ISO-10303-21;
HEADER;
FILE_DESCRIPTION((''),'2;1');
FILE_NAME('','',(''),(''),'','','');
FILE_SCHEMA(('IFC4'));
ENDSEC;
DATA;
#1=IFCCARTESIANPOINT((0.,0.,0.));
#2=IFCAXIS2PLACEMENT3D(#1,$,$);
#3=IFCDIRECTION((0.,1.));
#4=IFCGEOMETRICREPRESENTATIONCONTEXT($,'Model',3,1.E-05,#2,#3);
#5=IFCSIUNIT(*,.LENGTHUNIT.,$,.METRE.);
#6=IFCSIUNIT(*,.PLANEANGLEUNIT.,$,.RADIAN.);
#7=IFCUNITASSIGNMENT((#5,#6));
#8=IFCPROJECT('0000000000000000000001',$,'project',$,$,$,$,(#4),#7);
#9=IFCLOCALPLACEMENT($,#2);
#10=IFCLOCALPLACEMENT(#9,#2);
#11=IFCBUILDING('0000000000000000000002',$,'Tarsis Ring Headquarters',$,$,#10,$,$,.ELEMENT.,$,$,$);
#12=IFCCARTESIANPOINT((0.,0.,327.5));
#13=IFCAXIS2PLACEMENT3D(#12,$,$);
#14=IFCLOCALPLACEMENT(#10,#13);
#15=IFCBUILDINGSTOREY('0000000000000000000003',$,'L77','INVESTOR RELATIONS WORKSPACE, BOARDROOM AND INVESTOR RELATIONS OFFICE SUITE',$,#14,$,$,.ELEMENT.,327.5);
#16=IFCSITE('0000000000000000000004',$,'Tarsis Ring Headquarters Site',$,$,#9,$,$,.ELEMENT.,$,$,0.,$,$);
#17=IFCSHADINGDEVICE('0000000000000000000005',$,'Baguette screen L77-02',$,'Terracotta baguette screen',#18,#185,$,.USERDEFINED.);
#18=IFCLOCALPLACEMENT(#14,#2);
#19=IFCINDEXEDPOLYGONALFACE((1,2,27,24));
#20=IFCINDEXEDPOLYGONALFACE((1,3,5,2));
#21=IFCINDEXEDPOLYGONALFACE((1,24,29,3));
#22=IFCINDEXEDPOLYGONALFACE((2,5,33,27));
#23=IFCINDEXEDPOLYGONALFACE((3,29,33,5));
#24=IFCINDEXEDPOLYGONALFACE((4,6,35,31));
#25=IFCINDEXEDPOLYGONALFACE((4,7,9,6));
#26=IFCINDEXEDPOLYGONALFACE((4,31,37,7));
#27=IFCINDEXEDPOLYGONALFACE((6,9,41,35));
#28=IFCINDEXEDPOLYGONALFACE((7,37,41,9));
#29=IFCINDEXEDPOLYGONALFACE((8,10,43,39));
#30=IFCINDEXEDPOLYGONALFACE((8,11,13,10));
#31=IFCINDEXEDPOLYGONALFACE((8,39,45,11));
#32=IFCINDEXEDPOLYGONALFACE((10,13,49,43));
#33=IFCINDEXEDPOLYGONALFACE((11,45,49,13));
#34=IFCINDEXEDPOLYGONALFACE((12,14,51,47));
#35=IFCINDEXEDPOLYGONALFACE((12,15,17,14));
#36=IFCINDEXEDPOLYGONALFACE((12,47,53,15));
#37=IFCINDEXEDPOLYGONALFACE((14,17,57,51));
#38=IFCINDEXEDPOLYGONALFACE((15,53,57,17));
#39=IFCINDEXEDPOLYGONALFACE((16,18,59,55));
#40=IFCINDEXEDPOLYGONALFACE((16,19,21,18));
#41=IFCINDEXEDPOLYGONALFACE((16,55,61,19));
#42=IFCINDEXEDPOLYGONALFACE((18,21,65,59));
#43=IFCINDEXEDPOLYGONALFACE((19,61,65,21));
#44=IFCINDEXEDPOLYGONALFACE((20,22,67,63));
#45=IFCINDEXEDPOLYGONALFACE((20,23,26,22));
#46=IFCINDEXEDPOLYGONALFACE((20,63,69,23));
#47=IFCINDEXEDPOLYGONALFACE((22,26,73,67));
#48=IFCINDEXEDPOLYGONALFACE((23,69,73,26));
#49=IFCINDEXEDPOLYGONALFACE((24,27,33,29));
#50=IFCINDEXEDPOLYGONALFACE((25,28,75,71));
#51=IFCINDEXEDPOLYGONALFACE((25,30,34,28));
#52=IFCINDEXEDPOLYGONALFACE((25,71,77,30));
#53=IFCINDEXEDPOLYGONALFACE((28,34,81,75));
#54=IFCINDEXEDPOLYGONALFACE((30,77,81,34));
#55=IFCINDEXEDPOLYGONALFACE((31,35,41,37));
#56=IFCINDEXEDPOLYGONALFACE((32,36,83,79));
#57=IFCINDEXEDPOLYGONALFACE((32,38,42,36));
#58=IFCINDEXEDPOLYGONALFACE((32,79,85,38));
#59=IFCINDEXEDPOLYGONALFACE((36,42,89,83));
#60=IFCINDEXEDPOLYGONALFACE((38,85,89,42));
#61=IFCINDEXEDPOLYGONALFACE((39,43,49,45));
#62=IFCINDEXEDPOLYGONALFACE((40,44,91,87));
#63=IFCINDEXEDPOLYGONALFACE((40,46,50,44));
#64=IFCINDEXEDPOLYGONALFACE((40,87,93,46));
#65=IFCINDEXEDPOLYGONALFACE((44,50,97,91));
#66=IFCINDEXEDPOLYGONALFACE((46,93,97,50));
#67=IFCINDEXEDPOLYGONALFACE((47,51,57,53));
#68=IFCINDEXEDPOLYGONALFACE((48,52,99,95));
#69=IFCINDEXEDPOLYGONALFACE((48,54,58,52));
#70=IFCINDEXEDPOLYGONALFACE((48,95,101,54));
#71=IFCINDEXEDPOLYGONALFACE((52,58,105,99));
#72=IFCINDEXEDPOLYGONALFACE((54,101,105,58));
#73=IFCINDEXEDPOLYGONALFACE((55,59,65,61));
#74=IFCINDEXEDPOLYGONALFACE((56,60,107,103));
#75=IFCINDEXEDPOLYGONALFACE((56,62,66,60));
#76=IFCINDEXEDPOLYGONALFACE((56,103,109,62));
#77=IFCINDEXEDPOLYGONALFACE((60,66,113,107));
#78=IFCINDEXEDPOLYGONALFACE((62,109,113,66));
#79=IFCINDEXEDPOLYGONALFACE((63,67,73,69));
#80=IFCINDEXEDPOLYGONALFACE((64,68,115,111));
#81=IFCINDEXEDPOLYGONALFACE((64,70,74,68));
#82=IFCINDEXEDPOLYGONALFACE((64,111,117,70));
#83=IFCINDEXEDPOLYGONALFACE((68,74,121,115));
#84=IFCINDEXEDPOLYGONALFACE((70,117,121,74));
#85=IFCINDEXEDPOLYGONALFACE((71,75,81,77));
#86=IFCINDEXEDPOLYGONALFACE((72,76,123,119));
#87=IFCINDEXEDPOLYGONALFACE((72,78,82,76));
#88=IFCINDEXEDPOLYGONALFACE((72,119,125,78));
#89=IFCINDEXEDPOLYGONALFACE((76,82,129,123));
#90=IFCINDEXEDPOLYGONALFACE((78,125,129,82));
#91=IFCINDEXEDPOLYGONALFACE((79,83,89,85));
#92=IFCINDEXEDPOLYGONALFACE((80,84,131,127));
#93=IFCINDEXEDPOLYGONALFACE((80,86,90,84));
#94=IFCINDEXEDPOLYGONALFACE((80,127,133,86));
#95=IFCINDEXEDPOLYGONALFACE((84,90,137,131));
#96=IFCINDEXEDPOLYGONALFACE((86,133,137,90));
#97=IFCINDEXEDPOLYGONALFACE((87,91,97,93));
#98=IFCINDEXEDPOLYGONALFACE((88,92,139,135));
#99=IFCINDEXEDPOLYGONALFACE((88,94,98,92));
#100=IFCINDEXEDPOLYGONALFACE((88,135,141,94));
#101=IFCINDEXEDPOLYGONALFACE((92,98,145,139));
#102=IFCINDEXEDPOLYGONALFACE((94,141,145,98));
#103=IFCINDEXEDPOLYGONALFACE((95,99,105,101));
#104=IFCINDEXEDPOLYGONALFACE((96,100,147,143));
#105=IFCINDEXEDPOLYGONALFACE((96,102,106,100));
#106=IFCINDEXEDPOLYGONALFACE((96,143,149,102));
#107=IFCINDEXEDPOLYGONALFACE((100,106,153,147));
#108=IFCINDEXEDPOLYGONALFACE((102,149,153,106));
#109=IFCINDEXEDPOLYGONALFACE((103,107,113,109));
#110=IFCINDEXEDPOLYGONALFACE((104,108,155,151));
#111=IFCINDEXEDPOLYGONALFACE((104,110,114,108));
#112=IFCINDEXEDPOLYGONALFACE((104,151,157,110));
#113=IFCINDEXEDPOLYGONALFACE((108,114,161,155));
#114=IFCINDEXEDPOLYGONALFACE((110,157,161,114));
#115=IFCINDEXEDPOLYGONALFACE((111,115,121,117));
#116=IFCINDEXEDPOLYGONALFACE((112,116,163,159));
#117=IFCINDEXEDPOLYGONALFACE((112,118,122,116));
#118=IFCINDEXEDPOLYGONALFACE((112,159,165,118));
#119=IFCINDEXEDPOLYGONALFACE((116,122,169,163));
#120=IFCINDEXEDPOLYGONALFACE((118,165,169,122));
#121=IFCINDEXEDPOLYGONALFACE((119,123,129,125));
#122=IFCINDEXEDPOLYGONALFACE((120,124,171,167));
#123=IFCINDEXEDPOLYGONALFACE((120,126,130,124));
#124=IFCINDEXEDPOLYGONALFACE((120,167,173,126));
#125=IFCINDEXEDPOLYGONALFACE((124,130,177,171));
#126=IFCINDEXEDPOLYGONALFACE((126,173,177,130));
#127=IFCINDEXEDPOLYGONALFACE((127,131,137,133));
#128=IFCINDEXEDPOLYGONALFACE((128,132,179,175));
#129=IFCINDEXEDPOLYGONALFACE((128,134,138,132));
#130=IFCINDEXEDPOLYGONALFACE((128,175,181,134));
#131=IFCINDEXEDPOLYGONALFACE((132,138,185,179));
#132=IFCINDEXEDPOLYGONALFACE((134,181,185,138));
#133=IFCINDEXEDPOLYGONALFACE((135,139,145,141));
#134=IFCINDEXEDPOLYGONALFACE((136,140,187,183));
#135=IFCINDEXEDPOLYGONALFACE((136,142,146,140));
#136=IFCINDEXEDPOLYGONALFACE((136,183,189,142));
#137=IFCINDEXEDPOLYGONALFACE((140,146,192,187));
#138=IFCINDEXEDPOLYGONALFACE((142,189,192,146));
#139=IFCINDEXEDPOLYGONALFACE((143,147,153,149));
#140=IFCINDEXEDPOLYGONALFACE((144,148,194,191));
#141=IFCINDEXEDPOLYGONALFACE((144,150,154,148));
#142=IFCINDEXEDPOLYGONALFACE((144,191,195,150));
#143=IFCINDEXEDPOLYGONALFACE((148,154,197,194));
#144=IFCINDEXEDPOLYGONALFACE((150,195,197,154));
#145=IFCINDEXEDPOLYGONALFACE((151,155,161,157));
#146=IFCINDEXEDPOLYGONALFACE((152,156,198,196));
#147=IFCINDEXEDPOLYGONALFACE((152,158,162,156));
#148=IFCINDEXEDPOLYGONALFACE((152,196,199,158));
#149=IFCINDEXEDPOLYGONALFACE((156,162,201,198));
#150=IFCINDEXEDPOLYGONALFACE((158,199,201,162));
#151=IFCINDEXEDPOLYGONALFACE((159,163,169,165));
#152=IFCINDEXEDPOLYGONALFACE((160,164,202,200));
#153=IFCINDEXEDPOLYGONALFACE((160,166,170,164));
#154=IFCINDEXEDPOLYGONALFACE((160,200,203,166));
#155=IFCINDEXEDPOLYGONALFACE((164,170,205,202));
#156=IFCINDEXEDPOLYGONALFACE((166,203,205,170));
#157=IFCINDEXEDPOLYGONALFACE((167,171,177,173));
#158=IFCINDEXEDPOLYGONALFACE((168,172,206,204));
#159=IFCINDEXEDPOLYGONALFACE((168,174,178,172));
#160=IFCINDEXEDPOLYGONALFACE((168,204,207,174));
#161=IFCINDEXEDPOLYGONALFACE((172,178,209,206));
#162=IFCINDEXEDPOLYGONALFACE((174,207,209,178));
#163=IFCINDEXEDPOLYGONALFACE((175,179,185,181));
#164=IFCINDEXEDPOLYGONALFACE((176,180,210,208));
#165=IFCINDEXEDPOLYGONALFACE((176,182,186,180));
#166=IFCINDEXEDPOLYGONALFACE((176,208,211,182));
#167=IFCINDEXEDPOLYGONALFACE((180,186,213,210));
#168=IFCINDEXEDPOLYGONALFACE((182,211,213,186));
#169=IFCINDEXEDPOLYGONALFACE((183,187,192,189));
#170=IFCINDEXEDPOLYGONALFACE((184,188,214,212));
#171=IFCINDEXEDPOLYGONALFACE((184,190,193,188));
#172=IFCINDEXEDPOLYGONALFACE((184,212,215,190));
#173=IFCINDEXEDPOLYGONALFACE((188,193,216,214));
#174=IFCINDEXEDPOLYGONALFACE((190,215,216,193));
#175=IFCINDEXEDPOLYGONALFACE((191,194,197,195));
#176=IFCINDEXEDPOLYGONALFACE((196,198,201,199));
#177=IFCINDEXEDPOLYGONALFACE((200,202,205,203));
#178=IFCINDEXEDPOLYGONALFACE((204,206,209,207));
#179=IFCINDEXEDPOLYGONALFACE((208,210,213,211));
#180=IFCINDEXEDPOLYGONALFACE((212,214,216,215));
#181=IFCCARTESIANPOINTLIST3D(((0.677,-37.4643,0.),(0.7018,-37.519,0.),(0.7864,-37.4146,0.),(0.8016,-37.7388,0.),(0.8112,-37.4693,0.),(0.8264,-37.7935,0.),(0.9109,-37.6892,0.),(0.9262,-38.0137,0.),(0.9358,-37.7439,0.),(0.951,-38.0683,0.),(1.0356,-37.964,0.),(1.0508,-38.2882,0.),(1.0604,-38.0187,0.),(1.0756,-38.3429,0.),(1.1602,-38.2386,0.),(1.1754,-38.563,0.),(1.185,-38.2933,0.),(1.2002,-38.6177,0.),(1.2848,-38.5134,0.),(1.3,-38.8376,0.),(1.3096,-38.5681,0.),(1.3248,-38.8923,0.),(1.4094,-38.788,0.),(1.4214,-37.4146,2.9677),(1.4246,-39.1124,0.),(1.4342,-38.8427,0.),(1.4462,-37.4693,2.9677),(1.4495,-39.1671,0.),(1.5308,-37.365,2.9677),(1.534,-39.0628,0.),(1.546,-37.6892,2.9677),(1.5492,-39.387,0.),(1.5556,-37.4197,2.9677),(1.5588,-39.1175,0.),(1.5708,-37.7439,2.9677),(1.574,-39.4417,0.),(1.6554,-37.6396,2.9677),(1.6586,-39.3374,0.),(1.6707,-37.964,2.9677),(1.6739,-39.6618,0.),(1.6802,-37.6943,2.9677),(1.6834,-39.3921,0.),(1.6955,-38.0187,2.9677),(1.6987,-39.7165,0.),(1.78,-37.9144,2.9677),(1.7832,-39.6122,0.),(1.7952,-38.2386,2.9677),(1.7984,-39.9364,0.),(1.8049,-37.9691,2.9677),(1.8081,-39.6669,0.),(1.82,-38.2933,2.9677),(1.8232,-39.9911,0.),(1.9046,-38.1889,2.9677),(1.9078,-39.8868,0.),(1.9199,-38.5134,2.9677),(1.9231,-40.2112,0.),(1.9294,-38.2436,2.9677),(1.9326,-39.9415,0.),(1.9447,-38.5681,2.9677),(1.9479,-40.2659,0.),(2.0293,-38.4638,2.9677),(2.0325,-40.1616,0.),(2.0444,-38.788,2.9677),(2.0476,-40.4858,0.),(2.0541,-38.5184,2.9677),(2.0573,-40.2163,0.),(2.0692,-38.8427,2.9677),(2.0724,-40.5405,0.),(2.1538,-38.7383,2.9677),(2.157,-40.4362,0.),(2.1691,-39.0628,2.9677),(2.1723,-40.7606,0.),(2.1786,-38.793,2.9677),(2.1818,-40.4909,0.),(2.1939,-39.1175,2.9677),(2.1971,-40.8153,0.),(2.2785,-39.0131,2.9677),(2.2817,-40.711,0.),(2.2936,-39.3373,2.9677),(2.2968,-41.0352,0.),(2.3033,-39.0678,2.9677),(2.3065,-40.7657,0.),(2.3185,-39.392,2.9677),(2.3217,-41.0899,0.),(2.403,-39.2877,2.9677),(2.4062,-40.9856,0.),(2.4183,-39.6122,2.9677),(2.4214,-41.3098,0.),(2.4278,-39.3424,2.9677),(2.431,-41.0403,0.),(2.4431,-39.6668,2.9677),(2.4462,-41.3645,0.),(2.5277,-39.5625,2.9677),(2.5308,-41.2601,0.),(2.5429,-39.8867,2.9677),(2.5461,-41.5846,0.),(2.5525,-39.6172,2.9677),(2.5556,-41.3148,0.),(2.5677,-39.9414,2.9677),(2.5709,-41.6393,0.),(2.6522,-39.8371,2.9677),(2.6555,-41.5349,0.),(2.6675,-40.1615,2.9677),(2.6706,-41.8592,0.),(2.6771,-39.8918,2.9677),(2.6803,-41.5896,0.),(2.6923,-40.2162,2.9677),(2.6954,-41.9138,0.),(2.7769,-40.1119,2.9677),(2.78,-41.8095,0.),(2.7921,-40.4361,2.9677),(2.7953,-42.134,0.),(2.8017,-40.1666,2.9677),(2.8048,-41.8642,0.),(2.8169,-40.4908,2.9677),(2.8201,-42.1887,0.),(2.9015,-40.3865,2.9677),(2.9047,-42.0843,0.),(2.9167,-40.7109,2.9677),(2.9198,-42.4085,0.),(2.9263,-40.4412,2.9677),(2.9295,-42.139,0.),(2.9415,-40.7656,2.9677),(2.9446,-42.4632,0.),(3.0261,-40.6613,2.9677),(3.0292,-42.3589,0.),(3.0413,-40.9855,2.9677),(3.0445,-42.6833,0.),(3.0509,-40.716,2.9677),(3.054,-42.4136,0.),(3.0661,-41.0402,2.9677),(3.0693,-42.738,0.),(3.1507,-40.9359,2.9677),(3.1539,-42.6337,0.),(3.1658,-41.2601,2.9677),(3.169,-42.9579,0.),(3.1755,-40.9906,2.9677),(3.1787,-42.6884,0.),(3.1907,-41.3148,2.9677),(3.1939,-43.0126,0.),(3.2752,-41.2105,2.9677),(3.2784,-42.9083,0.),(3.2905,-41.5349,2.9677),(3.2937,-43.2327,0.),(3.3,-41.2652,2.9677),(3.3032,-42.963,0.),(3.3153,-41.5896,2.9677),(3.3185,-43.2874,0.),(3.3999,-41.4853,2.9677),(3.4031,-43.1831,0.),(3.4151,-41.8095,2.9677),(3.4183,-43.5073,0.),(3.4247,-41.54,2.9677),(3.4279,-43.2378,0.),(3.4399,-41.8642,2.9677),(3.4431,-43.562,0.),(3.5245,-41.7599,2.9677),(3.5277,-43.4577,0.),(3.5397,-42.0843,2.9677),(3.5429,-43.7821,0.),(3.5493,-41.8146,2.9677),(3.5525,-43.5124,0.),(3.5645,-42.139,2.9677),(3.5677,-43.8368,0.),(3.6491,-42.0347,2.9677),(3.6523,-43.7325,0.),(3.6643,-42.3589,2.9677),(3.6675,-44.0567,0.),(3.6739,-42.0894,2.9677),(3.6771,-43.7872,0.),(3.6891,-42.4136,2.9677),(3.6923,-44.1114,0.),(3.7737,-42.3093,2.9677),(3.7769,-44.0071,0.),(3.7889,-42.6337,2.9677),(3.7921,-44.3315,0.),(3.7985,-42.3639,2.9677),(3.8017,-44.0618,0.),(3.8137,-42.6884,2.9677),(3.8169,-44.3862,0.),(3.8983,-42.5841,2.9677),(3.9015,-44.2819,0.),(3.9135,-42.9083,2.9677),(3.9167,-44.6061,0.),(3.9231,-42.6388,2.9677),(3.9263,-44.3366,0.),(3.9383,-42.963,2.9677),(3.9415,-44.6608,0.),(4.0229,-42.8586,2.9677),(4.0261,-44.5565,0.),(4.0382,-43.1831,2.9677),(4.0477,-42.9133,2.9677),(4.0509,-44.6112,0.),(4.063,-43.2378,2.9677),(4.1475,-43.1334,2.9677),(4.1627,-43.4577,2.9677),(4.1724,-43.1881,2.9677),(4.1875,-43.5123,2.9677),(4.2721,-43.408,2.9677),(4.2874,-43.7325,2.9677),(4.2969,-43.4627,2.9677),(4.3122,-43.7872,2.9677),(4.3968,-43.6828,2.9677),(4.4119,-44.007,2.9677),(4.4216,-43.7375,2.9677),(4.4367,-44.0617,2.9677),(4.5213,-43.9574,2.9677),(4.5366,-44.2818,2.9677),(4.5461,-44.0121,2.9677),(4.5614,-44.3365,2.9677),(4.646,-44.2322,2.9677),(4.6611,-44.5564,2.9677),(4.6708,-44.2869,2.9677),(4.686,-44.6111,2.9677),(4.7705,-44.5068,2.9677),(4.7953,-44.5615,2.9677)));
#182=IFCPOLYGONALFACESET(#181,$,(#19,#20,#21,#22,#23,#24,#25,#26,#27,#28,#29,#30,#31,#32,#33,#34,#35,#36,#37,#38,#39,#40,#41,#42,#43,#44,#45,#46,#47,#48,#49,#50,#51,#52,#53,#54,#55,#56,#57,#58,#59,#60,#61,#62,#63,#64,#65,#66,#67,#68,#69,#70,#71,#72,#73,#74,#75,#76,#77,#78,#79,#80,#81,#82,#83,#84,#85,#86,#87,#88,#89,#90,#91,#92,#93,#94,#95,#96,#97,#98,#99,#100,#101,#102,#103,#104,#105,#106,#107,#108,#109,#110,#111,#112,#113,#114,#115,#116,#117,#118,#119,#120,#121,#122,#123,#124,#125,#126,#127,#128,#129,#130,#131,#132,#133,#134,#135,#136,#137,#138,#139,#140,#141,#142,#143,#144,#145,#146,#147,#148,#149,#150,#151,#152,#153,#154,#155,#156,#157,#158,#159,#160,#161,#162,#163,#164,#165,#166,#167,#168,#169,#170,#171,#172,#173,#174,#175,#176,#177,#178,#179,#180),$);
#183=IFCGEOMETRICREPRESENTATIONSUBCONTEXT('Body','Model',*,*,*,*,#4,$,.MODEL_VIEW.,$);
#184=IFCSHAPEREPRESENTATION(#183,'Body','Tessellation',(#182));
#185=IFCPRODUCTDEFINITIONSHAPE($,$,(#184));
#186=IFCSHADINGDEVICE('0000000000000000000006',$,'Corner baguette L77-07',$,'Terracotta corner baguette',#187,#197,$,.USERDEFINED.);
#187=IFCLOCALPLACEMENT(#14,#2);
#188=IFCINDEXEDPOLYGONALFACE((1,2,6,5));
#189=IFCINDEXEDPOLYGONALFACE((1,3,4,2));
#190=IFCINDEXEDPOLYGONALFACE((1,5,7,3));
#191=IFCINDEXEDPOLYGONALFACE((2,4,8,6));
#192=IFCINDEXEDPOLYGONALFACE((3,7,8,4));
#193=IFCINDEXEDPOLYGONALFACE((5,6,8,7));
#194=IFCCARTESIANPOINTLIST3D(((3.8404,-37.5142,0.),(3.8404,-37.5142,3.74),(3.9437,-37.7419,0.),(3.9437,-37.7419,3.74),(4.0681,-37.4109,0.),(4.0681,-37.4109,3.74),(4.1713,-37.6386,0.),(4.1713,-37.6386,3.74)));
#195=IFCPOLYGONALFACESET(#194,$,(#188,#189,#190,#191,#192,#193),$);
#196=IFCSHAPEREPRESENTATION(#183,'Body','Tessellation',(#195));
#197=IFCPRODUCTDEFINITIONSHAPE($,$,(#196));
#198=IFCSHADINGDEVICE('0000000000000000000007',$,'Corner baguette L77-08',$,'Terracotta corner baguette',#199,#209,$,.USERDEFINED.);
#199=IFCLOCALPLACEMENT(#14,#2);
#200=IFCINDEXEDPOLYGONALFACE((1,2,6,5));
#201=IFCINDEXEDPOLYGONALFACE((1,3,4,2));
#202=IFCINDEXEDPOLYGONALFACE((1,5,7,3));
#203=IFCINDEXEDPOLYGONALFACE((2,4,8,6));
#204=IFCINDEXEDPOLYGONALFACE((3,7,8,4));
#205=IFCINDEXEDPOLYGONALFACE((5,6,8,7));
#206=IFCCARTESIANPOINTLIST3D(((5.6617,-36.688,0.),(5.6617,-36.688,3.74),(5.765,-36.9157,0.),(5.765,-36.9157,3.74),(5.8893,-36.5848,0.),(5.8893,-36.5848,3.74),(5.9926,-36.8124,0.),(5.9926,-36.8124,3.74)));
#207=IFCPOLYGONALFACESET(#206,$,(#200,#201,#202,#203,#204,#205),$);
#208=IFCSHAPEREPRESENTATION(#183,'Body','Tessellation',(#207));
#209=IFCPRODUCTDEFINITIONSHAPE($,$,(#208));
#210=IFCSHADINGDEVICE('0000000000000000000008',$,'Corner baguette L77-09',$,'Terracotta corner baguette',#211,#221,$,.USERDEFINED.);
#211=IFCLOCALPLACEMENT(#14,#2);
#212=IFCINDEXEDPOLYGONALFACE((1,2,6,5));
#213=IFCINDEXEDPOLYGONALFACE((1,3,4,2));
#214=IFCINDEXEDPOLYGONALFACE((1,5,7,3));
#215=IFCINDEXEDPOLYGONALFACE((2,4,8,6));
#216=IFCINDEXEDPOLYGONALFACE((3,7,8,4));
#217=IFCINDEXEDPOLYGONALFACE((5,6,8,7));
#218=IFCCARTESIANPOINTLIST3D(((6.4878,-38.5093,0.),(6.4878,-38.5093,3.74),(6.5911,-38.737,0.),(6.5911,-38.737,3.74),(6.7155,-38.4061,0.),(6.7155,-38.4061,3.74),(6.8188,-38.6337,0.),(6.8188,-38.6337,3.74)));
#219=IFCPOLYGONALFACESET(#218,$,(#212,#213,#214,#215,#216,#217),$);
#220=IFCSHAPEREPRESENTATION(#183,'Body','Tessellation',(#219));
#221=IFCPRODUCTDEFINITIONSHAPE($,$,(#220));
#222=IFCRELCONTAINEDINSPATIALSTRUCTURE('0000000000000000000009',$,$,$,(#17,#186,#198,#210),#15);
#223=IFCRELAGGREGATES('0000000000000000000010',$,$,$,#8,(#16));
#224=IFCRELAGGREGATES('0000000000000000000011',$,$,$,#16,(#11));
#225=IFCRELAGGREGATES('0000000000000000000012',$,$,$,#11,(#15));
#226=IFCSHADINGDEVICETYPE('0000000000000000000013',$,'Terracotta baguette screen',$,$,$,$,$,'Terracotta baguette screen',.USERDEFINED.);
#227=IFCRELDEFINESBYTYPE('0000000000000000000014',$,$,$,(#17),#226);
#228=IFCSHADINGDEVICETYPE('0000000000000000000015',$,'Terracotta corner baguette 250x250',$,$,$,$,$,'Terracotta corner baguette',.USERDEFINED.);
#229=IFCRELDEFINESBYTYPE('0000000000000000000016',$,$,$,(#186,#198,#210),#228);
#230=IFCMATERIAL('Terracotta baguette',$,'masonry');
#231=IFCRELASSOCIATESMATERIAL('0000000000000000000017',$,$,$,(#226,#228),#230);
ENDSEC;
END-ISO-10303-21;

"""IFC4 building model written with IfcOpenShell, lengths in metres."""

from ifc_helpers import new_model, si_unit, direction, frame, frame_2d, origin, origin_2d, place, context, subcontext, project, spatial, rectangle, composite_profile, extrude, material, type_object, element, save


model = new_model("IFC4")

# Units and contexts
model_context = context("Model", 3, precision=1e-05, world=origin(), true_north=direction((0.0, 1.0)))
body_context = subcontext(model_context, "Body", "Model", "MODEL_VIEW")
ifc_project = project(units=[si_unit("LENGTHUNIT", "METRE"), si_unit("PLANEANGLEUNIT", "RADIAN")], contexts=[model_context])

# Site, building, storey
site_placement = place(None, origin())
site = spatial("IfcSite", under=ifc_project, at=site_placement, Name="Tarsis Ring Headquarters Site", CompositionType="ELEMENT", RefElevation=0.0)
building_placement = place(site_placement, origin())
building = spatial("IfcBuilding", under=site, at=building_placement, Name="Tarsis Ring Headquarters", CompositionType="ELEMENT")
storey_placement = place(building_placement, frame((0.0, 0.0, 327.5)))
storey = spatial("IfcBuildingStorey", under=building, at=storey_placement, Name="L77", Description="INVESTOR RELATIONS WORKSPACE, BOARDROOM AND INVESTOR RELATIONS OFFICE SUITE", CompositionType="ELEMENT", Elevation=327.5)

# Shading devices
ifc_material_1 = material(Name="Terracotta baguette", Category="masonry")
shading_device_type_1 = type_object("IfcShadingDeviceType", Name="Terracotta baguette screen", ElementType="Terracotta baguette screen", PredefinedType="USERDEFINED", material=ifc_material_1)
shading_device_1_placement = place(storey_placement, frame((0.7317, -37.4395, 0.0), z_axis=(0.0, 0.0, 1.0), x_axis=(0.413106, -0.910681, 0.0)))
element("IfcShadingDevice", 1, at=shading_device_1_placement, inside=storey, type_object=shading_device_type_1, Name="Baguette screen L77-02", ObjectType="Terracotta baguette screen", PredefinedType="USERDEFINED", context=body_context, shape_type="SweptSolid", body=[
    extrude(composite_profile([rectangle(XDim=0.0601, YDim=0.1201, at=frame_2d((0.03, 0.0))), rectangle(XDim=0.0601, YDim=0.1201, at=frame_2d((0.3315, 0.0))), rectangle(XDim=0.0601, YDim=0.1201, at=frame_2d((0.6333, 0.0))), rectangle(XDim=0.0601, YDim=0.1201, at=frame_2d((0.9348, 0.0))), rectangle(XDim=0.0601, YDim=0.1201, at=frame_2d((1.2366, 0.0))), rectangle(XDim=0.0601, YDim=0.1201, at=frame_2d((1.5381, 0.0))), rectangle(XDim=0.0601, YDim=0.1201, at=frame_2d((1.8398, 0.0))), rectangle(XDim=0.0601, YDim=0.1201, at=frame_2d((2.1414, 0.0))), rectangle(XDim=0.0601, YDim=0.1201, at=frame_2d((2.4431, 0.0))), rectangle(XDim=0.0601, YDim=0.1201, at=frame_2d((2.7446, 0.0))), rectangle(XDim=0.0601, YDim=0.1201, at=frame_2d((3.0464, 0.0))), rectangle(XDim=0.0601, YDim=0.1201, at=frame_2d((3.3479, 0.0))), rectangle(XDim=0.0601, YDim=0.1201, at=frame_2d((3.6497, 0.0))), rectangle(XDim=0.0601, YDim=0.1201, at=frame_2d((3.9512, 0.0))), rectangle(XDim=0.0601, YDim=0.1201, at=frame_2d((4.2527, 0.0))), rectangle(XDim=0.0601, YDim=0.1201, at=frame_2d((4.5544, 0.0))), rectangle(XDim=0.0601, YDim=0.1201, at=frame_2d((4.856, 0.0))), rectangle(XDim=0.0601, YDim=0.1201, at=frame_2d((5.1577, 0.0))), rectangle(XDim=0.0601, YDim=0.1201, at=frame_2d((5.4592, 0.0))), rectangle(XDim=0.0601, YDim=0.1201, at=frame_2d((5.761, 0.0))), rectangle(XDim=0.0601, YDim=0.1201, at=frame_2d((6.0625, 0.0))), rectangle(XDim=0.0601, YDim=0.1201, at=frame_2d((6.3643, 0.0))), rectangle(XDim=0.0601, YDim=0.1201, at=frame_2d((6.6658, 0.0))), rectangle(XDim=0.0601, YDim=0.1201, at=frame_2d((6.9675, 0.0))), rectangle(XDim=0.0601, YDim=0.1201, at=frame_2d((7.269, 0.0))), rectangle(XDim=0.0601, YDim=0.1201, at=frame_2d((7.5708, 0.0))), rectangle(XDim=0.0601, YDim=0.1201, at=frame_2d((7.8723, 0.0)))]), origin(), (0.085719, 0.228254, 0.969821), 3.0601),
])
shading_device_type_2 = type_object("IfcShadingDeviceType", Name="Terracotta corner baguette 250x250", ElementType="Terracotta corner baguette", PredefinedType="USERDEFINED", material=ifc_material_1)
for number, where, z_axis, x_axis, name in (
    (2, (4.0059, -37.5764, 0.0), (0.0, 0.0, 1.0), (0.413104, -0.910684, 0.0), "Corner baguette L77-07"),
    (3, (5.8271, -36.7502, 0.0), (0.0, 0.0, 1.0), (0.910684, 0.413105, 0.0), "Corner baguette L77-08"),
    (4, (6.6533, -38.5715, 0.0), (0.0, 0.0, 1.0), (0.413105, -0.910684, 0.0), "Corner baguette L77-09"),
):
    element("IfcShadingDevice", number, at=place(storey_placement, frame(where, z_axis=z_axis, x_axis=x_axis)), inside=storey, type_object=shading_device_type_2, Name=name, ObjectType="Terracotta corner baguette", PredefinedType="USERDEFINED", context=body_context, shape_type="SweptSolid", body=[
        extrude(rectangle(XDim=0.25, YDim=0.25, at=origin_2d()), origin(), (0.0, 0.0, 1.0), 3.74),
    ])

save(model, "model.ifc")
